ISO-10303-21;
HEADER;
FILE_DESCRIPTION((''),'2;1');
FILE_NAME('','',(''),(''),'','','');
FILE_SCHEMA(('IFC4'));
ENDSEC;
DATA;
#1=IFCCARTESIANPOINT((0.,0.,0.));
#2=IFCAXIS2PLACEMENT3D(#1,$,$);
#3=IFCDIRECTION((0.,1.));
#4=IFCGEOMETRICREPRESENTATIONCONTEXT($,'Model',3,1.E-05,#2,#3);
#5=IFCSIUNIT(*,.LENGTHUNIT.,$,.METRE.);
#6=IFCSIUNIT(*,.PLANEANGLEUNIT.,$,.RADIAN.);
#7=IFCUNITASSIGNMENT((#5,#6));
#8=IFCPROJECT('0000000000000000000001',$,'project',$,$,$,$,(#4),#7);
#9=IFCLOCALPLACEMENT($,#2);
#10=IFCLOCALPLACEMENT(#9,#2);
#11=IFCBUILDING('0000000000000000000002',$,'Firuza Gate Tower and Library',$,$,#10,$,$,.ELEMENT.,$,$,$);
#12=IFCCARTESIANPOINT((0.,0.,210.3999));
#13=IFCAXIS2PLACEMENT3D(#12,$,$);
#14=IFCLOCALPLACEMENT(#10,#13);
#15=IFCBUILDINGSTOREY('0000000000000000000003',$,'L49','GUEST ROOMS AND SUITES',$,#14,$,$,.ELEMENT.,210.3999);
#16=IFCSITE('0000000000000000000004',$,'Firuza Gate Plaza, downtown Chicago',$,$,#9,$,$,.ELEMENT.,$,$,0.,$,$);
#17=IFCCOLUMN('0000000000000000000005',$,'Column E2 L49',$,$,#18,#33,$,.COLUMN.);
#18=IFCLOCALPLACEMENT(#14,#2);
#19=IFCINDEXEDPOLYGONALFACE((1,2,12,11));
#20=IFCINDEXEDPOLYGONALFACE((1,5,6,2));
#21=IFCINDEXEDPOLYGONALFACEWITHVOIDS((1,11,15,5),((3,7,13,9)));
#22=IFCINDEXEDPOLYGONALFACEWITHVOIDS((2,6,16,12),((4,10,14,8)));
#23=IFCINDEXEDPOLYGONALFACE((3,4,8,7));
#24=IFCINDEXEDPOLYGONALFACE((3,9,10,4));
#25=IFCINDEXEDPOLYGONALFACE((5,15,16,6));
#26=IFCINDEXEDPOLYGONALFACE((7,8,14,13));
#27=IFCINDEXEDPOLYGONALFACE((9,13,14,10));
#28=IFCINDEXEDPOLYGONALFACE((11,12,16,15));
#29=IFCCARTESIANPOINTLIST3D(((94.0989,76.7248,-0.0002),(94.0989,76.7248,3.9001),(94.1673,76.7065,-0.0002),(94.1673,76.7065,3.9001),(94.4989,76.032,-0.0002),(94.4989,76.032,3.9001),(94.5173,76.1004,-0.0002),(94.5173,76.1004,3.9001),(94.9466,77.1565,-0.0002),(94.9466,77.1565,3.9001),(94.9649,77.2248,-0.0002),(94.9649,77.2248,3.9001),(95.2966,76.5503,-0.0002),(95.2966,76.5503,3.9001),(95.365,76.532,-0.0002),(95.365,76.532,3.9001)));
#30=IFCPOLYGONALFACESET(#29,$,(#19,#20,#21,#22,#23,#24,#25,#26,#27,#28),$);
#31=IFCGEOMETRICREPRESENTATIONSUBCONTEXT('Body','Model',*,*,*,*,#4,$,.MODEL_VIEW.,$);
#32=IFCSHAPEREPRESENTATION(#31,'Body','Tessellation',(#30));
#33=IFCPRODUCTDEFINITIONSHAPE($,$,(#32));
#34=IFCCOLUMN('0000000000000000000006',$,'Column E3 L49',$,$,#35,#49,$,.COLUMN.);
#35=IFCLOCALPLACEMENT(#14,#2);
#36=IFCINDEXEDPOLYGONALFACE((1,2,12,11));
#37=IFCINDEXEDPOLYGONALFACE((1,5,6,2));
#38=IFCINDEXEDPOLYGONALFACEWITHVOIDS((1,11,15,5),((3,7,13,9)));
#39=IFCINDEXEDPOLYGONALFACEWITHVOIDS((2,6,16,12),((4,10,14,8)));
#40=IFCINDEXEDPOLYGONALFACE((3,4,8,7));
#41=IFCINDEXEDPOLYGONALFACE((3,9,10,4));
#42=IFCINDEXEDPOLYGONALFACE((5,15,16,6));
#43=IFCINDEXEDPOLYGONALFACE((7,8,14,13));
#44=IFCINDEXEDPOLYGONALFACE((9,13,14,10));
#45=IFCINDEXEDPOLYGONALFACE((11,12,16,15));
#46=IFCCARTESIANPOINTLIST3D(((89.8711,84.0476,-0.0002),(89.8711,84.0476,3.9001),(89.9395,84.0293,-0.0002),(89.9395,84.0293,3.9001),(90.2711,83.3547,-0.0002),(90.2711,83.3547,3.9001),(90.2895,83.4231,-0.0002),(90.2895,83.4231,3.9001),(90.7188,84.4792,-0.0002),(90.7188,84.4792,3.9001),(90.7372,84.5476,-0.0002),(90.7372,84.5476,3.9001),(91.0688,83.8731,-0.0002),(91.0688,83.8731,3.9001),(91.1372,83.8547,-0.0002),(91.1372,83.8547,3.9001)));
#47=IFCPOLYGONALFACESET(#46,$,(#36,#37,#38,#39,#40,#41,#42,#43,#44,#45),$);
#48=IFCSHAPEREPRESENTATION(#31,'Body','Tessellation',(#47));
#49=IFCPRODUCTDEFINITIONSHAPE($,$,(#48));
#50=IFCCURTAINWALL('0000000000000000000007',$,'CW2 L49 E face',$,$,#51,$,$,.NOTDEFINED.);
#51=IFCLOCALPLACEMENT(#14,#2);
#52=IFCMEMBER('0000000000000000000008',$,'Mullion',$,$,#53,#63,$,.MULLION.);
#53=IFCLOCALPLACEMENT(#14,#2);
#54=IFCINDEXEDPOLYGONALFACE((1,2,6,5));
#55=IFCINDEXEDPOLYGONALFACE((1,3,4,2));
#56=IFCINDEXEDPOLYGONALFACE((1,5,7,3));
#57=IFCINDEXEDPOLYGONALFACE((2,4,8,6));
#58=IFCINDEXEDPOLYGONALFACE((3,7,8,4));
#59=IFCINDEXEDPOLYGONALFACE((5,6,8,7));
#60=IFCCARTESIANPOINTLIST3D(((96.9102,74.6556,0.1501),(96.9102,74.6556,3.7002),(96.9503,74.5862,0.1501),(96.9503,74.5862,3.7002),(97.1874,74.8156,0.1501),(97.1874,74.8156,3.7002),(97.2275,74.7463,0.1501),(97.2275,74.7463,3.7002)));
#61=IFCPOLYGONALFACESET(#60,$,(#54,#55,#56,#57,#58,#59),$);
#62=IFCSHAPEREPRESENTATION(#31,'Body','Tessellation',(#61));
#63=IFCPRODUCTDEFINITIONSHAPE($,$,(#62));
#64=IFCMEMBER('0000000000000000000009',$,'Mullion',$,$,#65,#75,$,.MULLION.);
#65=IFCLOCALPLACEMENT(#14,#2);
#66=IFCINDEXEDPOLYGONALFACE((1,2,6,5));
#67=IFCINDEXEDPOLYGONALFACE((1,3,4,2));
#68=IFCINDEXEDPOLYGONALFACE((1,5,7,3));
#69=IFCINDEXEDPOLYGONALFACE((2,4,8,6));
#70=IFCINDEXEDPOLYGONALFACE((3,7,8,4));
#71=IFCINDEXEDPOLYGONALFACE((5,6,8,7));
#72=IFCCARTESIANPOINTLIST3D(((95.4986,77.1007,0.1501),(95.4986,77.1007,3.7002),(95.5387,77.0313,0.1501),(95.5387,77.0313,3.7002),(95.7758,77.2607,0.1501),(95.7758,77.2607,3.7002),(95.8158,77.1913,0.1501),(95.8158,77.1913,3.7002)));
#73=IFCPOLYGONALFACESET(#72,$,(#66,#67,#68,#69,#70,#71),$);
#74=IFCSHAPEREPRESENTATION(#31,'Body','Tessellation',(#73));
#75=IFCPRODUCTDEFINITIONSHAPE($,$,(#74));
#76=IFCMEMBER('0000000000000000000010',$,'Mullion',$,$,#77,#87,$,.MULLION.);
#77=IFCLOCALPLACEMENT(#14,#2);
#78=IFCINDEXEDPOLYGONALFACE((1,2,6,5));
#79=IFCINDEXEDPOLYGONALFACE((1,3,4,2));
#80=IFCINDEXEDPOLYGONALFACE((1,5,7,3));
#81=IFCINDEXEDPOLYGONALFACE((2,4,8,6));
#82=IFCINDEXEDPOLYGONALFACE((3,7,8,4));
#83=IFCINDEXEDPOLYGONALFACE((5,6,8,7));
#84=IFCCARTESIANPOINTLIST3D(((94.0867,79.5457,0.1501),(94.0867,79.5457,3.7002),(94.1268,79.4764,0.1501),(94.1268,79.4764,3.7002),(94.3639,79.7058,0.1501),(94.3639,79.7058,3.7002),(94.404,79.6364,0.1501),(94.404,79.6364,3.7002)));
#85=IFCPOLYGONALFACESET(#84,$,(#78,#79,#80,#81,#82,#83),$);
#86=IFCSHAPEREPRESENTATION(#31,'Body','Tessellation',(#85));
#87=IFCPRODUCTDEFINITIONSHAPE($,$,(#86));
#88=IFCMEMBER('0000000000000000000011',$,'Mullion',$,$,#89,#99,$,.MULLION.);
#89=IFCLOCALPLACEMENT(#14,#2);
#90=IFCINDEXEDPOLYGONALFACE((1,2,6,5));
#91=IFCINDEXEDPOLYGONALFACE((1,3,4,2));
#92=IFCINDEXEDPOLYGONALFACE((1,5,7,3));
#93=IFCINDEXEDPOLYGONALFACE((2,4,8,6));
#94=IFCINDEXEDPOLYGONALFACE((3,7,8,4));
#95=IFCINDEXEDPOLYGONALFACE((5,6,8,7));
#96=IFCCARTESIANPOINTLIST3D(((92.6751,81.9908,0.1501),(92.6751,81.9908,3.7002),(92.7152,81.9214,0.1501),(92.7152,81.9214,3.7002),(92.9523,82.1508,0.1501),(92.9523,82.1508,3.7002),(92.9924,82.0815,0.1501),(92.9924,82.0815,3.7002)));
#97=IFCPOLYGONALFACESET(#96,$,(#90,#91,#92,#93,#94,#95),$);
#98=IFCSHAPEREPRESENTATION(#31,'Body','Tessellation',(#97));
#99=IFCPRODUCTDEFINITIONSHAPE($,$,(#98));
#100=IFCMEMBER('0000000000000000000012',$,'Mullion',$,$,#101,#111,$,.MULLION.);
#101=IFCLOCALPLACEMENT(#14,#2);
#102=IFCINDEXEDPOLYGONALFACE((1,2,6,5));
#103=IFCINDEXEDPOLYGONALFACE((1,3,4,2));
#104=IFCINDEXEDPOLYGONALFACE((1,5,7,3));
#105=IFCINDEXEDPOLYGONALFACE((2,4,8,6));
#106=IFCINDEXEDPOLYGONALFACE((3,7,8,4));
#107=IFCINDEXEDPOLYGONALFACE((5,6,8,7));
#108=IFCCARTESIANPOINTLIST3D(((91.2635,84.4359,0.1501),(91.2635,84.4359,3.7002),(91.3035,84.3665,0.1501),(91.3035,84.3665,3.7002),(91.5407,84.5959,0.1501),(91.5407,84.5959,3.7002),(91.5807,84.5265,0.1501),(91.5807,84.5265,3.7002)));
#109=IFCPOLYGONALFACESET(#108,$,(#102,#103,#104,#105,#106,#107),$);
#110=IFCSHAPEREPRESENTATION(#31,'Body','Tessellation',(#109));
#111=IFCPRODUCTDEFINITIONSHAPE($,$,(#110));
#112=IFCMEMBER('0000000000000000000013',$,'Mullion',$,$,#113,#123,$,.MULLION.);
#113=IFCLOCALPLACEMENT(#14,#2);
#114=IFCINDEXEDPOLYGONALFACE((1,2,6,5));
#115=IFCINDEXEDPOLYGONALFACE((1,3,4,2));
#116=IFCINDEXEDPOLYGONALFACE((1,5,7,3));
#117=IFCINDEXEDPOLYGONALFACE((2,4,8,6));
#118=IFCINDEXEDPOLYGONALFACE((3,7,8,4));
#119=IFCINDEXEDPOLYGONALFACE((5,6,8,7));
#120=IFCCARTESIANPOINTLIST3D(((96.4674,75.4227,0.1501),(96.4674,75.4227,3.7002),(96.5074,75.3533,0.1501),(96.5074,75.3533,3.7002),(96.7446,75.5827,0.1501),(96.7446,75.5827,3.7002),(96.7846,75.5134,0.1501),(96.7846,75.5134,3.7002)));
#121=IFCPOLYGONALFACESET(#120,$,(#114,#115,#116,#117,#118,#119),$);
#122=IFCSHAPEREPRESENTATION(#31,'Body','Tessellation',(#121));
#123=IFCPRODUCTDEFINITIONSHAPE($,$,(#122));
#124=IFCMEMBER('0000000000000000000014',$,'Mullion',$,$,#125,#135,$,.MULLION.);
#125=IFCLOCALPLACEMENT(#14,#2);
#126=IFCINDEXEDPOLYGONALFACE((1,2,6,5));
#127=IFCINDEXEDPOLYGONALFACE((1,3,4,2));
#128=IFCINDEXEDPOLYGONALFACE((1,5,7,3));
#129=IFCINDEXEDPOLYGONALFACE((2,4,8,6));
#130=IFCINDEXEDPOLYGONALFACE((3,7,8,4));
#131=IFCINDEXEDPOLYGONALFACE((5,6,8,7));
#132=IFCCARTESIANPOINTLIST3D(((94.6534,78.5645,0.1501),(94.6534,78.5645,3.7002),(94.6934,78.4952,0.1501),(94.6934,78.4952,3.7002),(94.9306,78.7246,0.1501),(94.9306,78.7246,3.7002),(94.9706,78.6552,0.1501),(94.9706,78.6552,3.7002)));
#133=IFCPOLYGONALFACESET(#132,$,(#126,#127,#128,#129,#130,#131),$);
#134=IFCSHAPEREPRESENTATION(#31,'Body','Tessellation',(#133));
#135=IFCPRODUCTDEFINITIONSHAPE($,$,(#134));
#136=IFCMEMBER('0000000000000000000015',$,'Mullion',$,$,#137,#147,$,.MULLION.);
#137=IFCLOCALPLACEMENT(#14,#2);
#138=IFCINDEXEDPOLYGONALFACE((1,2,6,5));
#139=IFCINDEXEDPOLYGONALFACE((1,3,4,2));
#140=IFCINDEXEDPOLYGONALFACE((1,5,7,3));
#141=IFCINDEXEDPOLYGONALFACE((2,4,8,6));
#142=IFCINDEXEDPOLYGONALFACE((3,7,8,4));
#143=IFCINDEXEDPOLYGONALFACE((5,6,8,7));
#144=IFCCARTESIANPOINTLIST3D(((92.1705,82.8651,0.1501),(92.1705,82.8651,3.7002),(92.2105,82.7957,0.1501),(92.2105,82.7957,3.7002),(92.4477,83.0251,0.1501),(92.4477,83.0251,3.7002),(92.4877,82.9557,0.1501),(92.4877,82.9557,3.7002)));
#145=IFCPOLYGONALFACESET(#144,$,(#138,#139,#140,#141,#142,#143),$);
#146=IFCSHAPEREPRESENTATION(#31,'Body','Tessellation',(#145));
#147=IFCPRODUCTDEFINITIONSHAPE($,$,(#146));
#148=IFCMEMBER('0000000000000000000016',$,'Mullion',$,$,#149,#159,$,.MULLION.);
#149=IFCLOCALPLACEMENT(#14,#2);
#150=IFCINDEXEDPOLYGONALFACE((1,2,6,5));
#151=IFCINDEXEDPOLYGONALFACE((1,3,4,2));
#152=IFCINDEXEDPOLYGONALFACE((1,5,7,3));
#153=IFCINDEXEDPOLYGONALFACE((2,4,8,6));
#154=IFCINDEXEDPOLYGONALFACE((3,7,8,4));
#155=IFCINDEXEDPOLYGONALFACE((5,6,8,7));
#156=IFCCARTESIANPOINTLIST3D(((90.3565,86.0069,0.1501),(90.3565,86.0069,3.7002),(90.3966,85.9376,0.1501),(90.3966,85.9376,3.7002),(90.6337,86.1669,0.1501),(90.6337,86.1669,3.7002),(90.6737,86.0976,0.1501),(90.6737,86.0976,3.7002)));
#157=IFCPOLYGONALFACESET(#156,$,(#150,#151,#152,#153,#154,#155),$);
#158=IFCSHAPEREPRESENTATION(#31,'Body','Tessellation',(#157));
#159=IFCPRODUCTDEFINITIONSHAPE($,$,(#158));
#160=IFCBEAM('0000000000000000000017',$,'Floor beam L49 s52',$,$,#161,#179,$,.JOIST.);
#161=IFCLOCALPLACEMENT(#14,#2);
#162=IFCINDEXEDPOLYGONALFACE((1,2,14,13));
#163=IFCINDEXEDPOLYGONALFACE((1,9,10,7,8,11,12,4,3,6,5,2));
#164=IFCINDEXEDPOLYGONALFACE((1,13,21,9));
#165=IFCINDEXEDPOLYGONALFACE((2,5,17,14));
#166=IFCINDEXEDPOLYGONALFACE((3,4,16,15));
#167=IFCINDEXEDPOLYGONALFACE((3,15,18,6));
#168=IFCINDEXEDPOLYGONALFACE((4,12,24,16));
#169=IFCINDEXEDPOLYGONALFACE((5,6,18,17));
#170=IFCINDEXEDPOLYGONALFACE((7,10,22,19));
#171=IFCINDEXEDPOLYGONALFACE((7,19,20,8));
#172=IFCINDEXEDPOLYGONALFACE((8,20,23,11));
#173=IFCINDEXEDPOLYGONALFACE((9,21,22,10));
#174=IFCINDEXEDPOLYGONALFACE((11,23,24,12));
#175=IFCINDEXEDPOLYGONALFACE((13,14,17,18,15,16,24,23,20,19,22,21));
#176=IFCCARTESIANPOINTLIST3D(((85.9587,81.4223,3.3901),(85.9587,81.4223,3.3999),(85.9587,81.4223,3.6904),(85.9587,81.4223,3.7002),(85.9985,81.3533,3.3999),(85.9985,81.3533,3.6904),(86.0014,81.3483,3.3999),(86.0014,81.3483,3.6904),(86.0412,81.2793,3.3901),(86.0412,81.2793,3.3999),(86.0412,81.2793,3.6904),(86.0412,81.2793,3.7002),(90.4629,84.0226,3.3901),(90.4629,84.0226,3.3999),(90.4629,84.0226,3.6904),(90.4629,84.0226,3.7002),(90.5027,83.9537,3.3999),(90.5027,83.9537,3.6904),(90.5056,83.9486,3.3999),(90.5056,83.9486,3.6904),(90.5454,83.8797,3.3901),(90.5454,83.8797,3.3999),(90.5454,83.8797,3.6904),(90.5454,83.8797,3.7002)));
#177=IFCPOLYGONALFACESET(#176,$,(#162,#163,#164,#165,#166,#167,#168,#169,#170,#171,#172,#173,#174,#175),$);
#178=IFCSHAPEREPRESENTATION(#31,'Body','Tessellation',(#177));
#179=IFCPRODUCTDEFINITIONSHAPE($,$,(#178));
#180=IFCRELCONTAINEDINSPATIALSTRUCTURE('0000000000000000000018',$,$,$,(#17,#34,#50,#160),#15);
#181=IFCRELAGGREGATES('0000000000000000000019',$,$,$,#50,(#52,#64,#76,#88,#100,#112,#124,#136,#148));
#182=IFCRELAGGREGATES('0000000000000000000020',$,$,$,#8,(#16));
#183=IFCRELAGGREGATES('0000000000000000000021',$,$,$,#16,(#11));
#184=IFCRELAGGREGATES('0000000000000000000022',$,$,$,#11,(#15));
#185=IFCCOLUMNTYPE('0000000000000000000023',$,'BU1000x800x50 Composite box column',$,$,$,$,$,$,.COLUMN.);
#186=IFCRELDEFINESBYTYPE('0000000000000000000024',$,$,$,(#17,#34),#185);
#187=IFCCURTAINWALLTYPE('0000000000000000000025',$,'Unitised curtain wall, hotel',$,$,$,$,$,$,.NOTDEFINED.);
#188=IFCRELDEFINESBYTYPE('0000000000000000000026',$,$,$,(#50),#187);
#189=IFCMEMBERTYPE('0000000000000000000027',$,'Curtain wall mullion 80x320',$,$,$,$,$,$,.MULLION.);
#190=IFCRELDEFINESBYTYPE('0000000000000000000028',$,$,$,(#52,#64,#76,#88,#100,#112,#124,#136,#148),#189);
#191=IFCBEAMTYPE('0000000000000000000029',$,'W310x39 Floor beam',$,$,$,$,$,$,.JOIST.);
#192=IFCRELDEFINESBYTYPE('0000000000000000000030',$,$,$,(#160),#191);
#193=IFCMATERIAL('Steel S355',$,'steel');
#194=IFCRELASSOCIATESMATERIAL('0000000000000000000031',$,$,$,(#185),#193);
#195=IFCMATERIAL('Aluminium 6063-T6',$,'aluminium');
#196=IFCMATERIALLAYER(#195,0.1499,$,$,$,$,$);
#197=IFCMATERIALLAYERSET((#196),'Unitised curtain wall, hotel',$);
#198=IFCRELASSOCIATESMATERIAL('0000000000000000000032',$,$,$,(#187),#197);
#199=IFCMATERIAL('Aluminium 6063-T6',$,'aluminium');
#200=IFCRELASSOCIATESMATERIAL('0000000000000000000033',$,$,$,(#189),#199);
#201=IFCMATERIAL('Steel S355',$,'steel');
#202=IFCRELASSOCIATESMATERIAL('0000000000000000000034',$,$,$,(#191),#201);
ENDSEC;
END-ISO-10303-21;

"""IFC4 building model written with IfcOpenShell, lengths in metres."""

from ifc_helpers import new_model, si_unit, direction, frame, origin, origin_2d, place, context, subcontext, project, spatial, rectangle, hollow_rectangle, i_section, extrude, material, layer, layer_set, material_profile, profile_set, type_object, element, aggregate, save


model = new_model("IFC4")

# Units and contexts
model_context = context("Model", 3, precision=1e-05, world=origin(), true_north=direction((0.0, 1.0)))
body_context = subcontext(model_context, "Body", "Model", "MODEL_VIEW")
ifc_project = project(units=[si_unit("LENGTHUNIT", "METRE"), si_unit("PLANEANGLEUNIT", "RADIAN")], contexts=[model_context])

# Site, building, storey
site_placement = place(None, origin())
site = spatial("IfcSite", under=ifc_project, at=site_placement, Name="Firuza Gate Plaza, downtown Chicago", CompositionType="ELEMENT", RefElevation=0.0)
building_placement = place(site_placement, origin())
building = spatial("IfcBuilding", under=site, at=building_placement, Name="Firuza Gate Tower and Library", CompositionType="ELEMENT")
storey_placement = place(building_placement, frame((0.0, 0.0, 210.3999)))
storey = spatial("IfcBuildingStorey", under=building, at=storey_placement, Name="L49", Description="GUEST ROOMS AND SUITES", CompositionType="ELEMENT", Elevation=210.3999)

# Columns
ifc_material_1 = material(Name="Steel S355", Category="steel")
ifc_material_profile_1 = material_profile(ifc_material_1, hollow_rectangle(XDim=0.8, YDim=1.0, WallThickness=0.05, at=origin_2d()))
ifc_profile_set_1 = profile_set([ifc_material_profile_1], Name="Steel S355")
column_type = type_object("IfcColumnType", Name="BU1000x800x50 Composite box column", PredefinedType="COLUMN", material=ifc_profile_set_1)
for number, where, z_axis, x_axis, name in (
    (1, (94.7319, 76.6284, -0.0002), (0.0, 0.0, 1.0), (-0.5, 0.866025, 0.0), "Column E2 L49"),
    (2, (90.5042, 83.9512, -0.0002), (0.0, 0.0, 1.0), (-0.5, 0.866025, 0.0), "Column E3 L49"),
):
    element("IfcColumn", number, at=place(storey_placement, frame(where, z_axis=z_axis, x_axis=x_axis)), inside=storey, type_object=column_type, Name=name, PredefinedType="COLUMN", context=body_context, shape_type="SweptSolid", body=[
        extrude(hollow_rectangle(XDim=0.8, YDim=1.0, WallThickness=0.05, at=origin_2d()), origin(), (0.0, 0.0, 1.0), 3.9004),
    ])

# Curtain wall, members
ifc_material_2 = material(Name="Aluminium 6063-T6", Category="aluminium")
ifc_layer_1 = layer(ifc_material_2, 0.1499)
ifc_layer_set_1 = layer_set([ifc_layer_1], Name="Unitised curtain wall, hotel")
curtain_wall_type = type_object("IfcCurtainWallType", Name="Unitised curtain wall, hotel", PredefinedType="NOTDEFINED", material=ifc_layer_set_1)
curtain_wall_placement = place(storey_placement, origin())
curtain_wall = element("IfcCurtainWall", 3, at=curtain_wall_placement, inside=storey, type_object=curtain_wall_type, Name="CW2 L49 E face", PredefinedType="NOTDEFINED")
ifc_material_3 = material(Name="Aluminium 6063-T6", Category="aluminium")
ifc_material_profile_2 = material_profile(ifc_material_3, rectangle(XDim=0.3201, YDim=0.0801, at=origin_2d()))
ifc_profile_set_2 = profile_set([ifc_material_profile_2], Name="Aluminium 6063-T6")
member_type = type_object("IfcMemberType", Name="Curtain wall mullion 80x320", PredefinedType="MULLION", material=ifc_profile_set_2)
member_1_placement = place(storey_placement, frame((97.0688, 74.7009, 0.1501), z_axis=(0.0, 0.0, 1.0), x_axis=(-0.866025, -0.5, 0.0)))
member_1 = element("IfcMember", 4, at=member_1_placement, type_object=member_type, Name="Mullion", PredefinedType="MULLION", context=body_context, shape_type="SweptSolid", body=[
    extrude(rectangle(XDim=0.3201, YDim=0.0801, at=origin_2d()), origin(), (0.0, 0.0, 1.0), 3.55),
])
member_2_placement = place(storey_placement, frame((95.6572, 77.146, 0.1501), z_axis=(0.0, 0.0, 1.0), x_axis=(-0.866025, -0.5, 0.0)))
member_2 = element("IfcMember", 5, at=member_2_placement, type_object=member_type, Name="Mullion", PredefinedType="MULLION", context=body_context, shape_type="SweptSolid", body=[
    extrude(rectangle(XDim=0.3201, YDim=0.0801, at=origin_2d()), origin(), (0.0, 0.0, 1.0), 3.55),
])
member_3_placement = place(storey_placement, frame((94.2454, 79.5911, 0.1501), z_axis=(0.0, 0.0, 1.0), x_axis=(-0.866025, -0.5, 0.0)))
member_3 = element("IfcMember", 6, at=member_3_placement, type_object=member_type, Name="Mullion", PredefinedType="MULLION", context=body_context, shape_type="SweptSolid", body=[
    extrude(rectangle(XDim=0.3201, YDim=0.0801, at=origin_2d()), origin(), (0.0, 0.0, 1.0), 3.55),
])
member_4_placement = place(storey_placement, frame((92.8337, 82.0361, 0.1501), z_axis=(0.0, 0.0, 1.0), x_axis=(-0.866025, -0.5, 0.0)))
member_4 = element("IfcMember", 7, at=member_4_placement, type_object=member_type, Name="Mullion", PredefinedType="MULLION", context=body_context, shape_type="SweptSolid", body=[
    extrude(rectangle(XDim=0.3201, YDim=0.0801, at=origin_2d()), origin(), (0.0, 0.0, 1.0), 3.55),
])
member_5_placement = place(storey_placement, frame((91.4221, 84.4812, 0.1501), z_axis=(0.0, 0.0, 1.0), x_axis=(-0.866025, -0.5, 0.0)))
member_5 = element("IfcMember", 8, at=member_5_placement, type_object=member_type, Name="Mullion", PredefinedType="MULLION", context=body_context, shape_type="SweptSolid", body=[
    extrude(rectangle(XDim=0.3201, YDim=0.0801, at=origin_2d()), origin(), (0.0, 0.0, 1.0), 3.55),
])
member_6_placement = place(storey_placement, frame((96.626, 75.468, 0.1501), z_axis=(0.0, 0.0, 1.0), x_axis=(-0.866025, -0.5, 0.0)))
member_6 = element("IfcMember", 9, at=member_6_placement, type_object=member_type, Name="Mullion", PredefinedType="MULLION", context=body_context, shape_type="SweptSolid", body=[
    extrude(rectangle(XDim=0.3201, YDim=0.0801, at=origin_2d()), origin(), (0.0, 0.0, 1.0), 3.55),
])
member_7_placement = place(storey_placement, frame((94.812, 78.6099, 0.1501), z_axis=(0.0, 0.0, 1.0), x_axis=(-0.866025, -0.5, 0.0)))
member_7 = element("IfcMember", 10, at=member_7_placement, type_object=member_type, Name="Mullion", PredefinedType="MULLION", context=body_context, shape_type="SweptSolid", body=[
    extrude(rectangle(XDim=0.3201, YDim=0.0801, at=origin_2d()), origin(), (0.0, 0.0, 1.0), 3.55),
])
member_8_placement = place(storey_placement, frame((92.3291, 82.9104, 0.1501), z_axis=(0.0, 0.0, 1.0), x_axis=(-0.866025, -0.5, 0.0)))
member_8 = element("IfcMember", 11, at=member_8_placement, type_object=member_type, Name="Mullion", PredefinedType="MULLION", context=body_context, shape_type="SweptSolid", body=[
    extrude(rectangle(XDim=0.3201, YDim=0.0801, at=origin_2d()), origin(), (0.0, 0.0, 1.0), 3.55),
])
member_9_placement = place(storey_placement, frame((90.5151, 86.0522, 0.1501), z_axis=(0.0, 0.0, 1.0), x_axis=(-0.866025, -0.5, 0.0)))
member_9 = element("IfcMember", 12, at=member_9_placement, type_object=member_type, Name="Mullion", PredefinedType="MULLION", context=body_context, shape_type="SweptSolid", body=[
    extrude(rectangle(XDim=0.3201, YDim=0.0801, at=origin_2d()), origin(), (0.0, 0.0, 1.0), 3.55),
])

# Beam
ifc_material_4 = material(Name="Steel S355", Category="steel")
ifc_material_profile_3 = material_profile(ifc_material_4, i_section(OverallWidth=0.165, OverallDepth=0.3101, WebThickness=0.0059, FlangeThickness=0.0098, at=origin_2d()))
ifc_profile_set_3 = profile_set([ifc_material_profile_3], Name="Steel S355")
beam_type_1 = type_object("IfcBeamType", Name="W310x39 Floor beam", PredefinedType="JOIST", material=ifc_profile_set_3)
beam_1_placement = place(storey_placement, frame((90.5042, 83.9512, 3.5452), z_axis=(-0.866036, -0.499981, 0.0), x_axis=(0.499981, -0.866036, 0.0)))
element("IfcBeam", 13, at=beam_1_placement, inside=storey, type_object=beam_type_1, Name="Floor beam L49 s52", PredefinedType="JOIST", context=body_context, shape_type="SweptSolid", body=[
    extrude(i_section(OverallWidth=0.165, OverallDepth=0.3101, WebThickness=0.0059, FlangeThickness=0.0098, at=origin_2d()), origin(), (0.0, 0.0, 1.0), 5.2009),
])

aggregate(curtain_wall, [member_1, member_2, member_3, member_4, member_5, member_6, member_7, member_8, member_9])

save(model, "model.ifc")
